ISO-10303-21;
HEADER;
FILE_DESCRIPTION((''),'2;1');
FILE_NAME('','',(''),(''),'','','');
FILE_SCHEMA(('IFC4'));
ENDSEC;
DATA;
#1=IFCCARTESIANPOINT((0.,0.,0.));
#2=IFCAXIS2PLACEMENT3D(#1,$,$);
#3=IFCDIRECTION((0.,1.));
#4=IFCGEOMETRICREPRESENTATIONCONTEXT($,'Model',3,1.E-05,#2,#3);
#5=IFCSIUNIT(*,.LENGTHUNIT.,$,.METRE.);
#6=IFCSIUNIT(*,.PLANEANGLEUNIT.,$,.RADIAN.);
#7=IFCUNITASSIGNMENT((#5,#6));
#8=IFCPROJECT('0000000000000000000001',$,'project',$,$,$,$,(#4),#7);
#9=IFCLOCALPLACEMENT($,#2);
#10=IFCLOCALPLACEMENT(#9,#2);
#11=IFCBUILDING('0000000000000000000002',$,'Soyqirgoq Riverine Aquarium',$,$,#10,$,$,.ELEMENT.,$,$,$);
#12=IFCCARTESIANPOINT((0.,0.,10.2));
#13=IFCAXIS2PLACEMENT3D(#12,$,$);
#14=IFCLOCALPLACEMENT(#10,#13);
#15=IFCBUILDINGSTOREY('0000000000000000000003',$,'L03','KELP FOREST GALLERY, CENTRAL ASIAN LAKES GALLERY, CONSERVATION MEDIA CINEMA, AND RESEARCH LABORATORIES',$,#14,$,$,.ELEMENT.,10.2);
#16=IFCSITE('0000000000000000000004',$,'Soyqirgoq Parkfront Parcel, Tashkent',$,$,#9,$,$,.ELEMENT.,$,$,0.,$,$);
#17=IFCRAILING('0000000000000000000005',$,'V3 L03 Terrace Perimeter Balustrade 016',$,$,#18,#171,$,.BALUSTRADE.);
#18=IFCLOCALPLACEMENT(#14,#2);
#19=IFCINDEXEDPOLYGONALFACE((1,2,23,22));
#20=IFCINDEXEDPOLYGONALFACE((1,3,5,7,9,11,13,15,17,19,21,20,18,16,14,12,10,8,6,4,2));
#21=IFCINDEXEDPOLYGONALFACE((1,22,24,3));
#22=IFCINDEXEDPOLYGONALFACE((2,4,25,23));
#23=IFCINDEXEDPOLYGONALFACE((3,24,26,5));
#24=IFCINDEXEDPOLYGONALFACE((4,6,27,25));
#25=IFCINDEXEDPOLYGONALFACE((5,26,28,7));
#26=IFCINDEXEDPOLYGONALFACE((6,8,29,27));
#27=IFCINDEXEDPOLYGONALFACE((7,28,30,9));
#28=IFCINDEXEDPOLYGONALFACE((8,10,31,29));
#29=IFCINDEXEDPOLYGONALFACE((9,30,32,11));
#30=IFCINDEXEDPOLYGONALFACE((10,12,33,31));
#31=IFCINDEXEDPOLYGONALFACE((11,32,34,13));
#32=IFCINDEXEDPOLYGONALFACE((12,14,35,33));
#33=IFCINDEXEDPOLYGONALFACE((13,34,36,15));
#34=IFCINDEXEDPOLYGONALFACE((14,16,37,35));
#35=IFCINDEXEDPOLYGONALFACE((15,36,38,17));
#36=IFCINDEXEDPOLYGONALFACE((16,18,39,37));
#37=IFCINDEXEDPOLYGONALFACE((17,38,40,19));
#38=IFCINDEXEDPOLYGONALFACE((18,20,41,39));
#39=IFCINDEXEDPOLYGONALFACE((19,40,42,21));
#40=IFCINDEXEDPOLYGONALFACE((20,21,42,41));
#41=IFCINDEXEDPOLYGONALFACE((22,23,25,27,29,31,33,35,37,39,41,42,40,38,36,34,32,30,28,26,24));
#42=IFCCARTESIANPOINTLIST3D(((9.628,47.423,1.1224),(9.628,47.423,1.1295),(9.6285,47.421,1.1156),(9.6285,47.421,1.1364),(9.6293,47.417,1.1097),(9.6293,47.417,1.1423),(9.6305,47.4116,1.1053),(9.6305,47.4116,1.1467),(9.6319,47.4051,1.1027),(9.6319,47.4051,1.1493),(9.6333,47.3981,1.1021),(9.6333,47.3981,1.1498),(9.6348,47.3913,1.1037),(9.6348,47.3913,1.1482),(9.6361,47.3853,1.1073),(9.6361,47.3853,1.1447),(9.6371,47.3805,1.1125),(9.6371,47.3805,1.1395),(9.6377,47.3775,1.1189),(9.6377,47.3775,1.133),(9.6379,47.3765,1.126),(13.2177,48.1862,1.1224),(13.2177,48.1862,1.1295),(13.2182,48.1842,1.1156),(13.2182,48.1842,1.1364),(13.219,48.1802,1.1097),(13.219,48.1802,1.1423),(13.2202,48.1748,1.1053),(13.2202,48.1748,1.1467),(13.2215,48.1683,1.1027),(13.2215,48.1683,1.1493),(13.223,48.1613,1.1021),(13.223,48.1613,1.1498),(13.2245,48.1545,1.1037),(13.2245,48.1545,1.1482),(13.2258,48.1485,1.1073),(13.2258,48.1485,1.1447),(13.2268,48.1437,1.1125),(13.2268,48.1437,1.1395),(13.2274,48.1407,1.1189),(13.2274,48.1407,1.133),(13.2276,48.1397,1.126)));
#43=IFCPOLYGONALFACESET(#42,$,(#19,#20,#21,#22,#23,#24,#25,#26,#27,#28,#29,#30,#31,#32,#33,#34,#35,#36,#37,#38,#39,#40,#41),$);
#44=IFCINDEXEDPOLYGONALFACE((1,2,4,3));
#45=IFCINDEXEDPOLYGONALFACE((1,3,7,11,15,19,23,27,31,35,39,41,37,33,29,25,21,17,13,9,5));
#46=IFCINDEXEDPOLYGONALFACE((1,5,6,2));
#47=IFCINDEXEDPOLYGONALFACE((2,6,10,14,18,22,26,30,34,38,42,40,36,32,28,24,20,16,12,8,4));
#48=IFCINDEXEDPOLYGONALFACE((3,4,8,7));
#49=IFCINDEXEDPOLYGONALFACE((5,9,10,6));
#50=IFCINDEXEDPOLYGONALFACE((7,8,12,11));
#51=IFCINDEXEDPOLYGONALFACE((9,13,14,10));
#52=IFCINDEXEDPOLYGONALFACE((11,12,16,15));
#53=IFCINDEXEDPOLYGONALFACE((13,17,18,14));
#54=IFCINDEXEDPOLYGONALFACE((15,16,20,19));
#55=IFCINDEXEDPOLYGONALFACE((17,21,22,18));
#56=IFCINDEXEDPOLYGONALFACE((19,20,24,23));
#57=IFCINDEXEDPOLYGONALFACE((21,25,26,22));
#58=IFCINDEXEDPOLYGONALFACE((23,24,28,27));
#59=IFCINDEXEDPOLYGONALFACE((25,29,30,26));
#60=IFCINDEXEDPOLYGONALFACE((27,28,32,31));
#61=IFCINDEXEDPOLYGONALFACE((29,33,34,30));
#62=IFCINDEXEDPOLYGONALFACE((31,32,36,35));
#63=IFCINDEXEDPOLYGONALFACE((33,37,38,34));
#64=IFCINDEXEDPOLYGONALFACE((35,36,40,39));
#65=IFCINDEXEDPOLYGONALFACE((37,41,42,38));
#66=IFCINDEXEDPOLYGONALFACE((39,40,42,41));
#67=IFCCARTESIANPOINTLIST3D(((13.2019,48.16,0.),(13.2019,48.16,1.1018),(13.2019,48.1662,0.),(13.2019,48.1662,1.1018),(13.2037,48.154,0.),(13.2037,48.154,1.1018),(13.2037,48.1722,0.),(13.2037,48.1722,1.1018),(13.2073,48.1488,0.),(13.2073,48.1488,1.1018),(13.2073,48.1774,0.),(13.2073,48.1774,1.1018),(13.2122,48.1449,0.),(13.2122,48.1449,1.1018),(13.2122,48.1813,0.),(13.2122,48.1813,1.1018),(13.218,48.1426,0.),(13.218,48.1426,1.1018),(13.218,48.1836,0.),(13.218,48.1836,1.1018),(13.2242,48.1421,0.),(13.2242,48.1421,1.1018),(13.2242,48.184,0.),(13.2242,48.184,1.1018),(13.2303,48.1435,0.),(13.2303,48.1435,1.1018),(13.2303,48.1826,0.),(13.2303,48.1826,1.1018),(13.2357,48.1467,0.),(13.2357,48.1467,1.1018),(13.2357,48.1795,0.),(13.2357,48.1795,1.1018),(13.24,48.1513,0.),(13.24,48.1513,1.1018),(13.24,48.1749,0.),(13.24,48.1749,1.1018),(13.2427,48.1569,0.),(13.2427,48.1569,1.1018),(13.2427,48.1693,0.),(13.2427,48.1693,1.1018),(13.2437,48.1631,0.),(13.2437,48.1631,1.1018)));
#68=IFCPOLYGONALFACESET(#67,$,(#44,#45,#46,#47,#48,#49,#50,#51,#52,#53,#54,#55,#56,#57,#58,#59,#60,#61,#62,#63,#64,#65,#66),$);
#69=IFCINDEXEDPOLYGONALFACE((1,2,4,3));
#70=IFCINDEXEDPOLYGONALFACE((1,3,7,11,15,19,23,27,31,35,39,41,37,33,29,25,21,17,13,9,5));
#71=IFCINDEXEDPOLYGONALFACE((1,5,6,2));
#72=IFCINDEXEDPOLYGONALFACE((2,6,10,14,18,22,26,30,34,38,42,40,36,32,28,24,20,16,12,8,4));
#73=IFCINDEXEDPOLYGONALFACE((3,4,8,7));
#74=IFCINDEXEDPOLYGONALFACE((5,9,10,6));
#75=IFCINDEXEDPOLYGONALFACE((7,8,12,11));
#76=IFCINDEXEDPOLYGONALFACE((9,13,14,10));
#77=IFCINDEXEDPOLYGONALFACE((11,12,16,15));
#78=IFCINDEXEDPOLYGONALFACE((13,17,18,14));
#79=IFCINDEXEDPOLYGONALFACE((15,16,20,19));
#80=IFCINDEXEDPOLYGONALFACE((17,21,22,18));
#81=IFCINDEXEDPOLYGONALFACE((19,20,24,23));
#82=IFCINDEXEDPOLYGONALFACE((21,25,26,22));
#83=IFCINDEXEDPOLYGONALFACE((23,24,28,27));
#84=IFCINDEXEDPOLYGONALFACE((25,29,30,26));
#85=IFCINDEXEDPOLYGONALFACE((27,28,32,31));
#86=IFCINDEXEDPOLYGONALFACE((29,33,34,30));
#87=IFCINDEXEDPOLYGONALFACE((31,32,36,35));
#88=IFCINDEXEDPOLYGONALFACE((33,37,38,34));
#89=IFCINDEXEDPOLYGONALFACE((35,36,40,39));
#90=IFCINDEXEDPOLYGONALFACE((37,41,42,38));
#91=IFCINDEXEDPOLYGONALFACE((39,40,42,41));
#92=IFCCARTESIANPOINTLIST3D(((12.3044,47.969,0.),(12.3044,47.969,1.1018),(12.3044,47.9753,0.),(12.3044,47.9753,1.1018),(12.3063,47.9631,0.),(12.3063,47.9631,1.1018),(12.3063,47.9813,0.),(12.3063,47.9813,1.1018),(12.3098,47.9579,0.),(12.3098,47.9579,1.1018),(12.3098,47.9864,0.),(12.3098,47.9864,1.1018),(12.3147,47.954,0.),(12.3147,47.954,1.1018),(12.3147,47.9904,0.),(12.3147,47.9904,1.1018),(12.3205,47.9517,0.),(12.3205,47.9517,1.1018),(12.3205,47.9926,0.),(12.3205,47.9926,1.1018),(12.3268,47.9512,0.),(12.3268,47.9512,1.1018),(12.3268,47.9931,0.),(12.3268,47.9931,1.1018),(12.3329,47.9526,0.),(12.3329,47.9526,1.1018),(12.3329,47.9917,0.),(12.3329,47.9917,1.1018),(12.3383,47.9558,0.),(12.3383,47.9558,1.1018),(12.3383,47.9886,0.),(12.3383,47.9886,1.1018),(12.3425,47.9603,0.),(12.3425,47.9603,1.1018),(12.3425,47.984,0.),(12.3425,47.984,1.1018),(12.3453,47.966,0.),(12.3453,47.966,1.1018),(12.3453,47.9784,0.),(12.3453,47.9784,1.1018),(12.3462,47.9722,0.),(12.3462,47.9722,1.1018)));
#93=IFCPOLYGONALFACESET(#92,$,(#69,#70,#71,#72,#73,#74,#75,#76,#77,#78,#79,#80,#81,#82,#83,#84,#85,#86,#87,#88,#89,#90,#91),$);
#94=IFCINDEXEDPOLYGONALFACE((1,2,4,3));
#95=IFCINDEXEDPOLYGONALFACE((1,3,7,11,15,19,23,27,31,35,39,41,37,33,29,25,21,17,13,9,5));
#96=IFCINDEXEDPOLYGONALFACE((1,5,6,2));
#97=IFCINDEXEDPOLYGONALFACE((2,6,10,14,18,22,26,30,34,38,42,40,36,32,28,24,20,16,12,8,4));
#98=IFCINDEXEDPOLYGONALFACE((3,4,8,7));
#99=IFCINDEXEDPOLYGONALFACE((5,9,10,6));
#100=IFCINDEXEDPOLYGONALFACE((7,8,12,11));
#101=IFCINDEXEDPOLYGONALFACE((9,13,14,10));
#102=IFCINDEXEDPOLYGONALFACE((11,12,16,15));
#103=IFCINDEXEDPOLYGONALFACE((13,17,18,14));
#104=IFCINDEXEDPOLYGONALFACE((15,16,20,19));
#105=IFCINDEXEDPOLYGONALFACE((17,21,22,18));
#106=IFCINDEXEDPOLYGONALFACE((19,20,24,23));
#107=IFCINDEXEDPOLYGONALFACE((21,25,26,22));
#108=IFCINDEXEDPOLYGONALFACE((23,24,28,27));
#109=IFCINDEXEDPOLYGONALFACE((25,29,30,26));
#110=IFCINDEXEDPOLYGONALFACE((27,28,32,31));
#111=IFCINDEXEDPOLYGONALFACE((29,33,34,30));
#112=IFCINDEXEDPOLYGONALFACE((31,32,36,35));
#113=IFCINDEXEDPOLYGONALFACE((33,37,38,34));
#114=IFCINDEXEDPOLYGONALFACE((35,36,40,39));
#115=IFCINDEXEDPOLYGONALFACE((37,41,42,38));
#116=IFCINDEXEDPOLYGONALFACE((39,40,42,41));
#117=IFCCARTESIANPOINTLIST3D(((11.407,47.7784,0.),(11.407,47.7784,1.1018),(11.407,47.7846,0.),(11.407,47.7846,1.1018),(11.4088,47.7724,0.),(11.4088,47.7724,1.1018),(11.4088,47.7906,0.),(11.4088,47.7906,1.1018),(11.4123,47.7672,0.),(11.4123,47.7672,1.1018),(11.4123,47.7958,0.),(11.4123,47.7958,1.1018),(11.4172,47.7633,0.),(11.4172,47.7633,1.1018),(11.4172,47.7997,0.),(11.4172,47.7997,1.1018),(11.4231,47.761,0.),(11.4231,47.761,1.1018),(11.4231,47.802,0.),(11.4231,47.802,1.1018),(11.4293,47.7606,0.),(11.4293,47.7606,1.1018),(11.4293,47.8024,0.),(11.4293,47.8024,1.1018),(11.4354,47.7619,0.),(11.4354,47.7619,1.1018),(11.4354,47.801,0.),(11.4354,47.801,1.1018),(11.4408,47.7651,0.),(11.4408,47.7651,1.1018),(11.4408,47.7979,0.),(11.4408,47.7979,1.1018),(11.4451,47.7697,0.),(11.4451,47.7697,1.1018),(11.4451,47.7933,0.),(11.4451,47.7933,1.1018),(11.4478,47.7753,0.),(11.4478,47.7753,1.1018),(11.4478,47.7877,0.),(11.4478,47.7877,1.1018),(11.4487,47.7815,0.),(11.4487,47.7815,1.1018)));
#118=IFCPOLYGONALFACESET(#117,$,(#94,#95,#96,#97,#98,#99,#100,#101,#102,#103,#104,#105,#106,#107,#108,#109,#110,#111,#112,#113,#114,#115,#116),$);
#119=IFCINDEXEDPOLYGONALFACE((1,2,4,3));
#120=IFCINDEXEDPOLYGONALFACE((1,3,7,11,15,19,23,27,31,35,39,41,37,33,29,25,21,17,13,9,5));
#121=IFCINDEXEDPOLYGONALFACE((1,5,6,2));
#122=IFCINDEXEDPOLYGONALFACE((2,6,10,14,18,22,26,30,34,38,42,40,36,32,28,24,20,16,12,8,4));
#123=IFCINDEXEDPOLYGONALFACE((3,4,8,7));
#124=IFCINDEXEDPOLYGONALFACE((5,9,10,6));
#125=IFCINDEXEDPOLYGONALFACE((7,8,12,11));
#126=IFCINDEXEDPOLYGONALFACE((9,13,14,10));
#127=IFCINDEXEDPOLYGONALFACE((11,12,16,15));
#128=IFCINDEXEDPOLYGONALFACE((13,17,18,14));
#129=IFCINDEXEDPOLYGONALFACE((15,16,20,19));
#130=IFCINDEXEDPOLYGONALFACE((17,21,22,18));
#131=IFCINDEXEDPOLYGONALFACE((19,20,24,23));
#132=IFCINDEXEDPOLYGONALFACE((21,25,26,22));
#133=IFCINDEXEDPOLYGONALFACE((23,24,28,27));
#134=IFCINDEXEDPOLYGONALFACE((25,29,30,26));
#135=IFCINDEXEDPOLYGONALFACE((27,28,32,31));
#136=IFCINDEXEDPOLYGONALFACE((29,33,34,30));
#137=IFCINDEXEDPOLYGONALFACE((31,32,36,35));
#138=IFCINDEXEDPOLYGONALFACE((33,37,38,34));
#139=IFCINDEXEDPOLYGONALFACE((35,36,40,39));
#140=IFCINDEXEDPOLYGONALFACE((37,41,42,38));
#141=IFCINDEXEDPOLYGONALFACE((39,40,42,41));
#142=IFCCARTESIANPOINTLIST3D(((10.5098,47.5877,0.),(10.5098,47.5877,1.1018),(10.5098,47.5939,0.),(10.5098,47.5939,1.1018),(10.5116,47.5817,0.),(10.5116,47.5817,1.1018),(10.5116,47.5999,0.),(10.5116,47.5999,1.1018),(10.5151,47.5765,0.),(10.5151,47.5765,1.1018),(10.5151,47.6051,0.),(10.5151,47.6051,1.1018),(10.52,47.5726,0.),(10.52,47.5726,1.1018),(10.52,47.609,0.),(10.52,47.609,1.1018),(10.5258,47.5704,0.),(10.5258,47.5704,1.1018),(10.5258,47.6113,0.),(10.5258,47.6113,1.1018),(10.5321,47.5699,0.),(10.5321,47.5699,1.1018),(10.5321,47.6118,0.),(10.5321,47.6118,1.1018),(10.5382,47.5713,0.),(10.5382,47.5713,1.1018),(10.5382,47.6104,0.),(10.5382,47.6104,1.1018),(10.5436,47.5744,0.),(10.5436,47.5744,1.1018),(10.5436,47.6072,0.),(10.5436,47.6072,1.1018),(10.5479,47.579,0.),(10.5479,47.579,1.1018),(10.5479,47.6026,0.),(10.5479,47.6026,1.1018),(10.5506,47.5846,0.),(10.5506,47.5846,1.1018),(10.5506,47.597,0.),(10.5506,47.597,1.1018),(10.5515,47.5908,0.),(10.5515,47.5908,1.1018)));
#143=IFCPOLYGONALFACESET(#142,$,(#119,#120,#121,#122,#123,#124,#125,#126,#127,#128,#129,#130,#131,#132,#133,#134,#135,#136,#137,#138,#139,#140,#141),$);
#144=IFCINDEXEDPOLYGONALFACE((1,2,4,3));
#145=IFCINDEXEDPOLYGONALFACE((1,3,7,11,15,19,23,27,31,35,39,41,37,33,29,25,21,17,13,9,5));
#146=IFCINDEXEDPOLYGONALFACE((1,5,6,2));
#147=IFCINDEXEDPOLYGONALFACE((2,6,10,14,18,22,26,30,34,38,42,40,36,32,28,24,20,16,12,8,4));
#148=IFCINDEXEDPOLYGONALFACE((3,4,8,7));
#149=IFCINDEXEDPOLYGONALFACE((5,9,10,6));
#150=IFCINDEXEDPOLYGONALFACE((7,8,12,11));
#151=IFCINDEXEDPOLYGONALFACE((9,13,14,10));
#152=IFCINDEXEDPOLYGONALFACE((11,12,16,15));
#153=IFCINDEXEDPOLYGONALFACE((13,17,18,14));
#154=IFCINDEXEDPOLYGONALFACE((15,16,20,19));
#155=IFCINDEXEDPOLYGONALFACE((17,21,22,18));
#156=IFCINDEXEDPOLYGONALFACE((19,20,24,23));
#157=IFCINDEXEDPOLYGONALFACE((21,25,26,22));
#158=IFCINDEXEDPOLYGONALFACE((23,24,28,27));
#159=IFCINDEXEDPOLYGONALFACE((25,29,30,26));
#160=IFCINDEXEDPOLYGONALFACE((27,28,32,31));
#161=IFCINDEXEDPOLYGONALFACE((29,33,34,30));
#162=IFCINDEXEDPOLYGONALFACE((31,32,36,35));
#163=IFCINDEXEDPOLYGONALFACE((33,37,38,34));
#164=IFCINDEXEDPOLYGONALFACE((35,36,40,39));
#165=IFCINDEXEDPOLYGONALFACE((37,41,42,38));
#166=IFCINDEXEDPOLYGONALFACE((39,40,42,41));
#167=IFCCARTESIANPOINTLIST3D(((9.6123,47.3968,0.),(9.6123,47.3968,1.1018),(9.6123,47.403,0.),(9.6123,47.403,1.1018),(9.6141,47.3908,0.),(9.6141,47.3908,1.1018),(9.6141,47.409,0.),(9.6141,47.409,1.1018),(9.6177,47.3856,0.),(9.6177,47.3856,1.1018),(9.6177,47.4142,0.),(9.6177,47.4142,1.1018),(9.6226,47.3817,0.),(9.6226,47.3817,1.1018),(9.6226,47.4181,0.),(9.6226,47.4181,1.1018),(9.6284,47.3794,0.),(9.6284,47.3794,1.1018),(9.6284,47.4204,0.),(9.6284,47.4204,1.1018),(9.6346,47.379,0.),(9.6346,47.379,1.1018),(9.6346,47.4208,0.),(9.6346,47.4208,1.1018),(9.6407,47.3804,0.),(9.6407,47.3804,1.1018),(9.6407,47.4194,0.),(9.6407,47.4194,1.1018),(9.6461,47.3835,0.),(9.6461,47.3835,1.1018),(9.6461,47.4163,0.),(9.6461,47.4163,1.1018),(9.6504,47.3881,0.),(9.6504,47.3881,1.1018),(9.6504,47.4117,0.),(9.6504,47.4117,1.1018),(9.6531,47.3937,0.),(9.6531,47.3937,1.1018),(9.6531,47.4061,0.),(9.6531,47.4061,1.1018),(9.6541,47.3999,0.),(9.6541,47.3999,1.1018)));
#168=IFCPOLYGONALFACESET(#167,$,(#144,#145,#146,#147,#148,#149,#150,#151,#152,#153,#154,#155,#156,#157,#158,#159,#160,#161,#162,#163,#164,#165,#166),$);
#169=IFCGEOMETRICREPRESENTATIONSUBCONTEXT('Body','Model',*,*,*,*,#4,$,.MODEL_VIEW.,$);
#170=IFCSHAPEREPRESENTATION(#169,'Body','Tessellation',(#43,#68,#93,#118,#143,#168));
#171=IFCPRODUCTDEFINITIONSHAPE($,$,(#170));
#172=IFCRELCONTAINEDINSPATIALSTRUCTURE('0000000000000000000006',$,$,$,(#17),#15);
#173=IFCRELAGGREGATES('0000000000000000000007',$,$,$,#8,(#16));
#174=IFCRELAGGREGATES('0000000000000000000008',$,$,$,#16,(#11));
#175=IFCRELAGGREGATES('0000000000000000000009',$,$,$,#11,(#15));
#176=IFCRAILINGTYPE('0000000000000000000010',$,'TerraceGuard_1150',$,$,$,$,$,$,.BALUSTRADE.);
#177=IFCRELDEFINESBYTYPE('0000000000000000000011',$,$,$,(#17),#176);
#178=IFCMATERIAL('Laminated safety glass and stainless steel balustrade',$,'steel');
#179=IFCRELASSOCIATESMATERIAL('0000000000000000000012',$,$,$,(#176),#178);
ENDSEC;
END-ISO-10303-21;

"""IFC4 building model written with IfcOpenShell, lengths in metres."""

from ifc_helpers import new_model, si_unit, direction, frame, origin, origin_2d, place, context, subcontext, project, spatial, circle, extrude, material, type_object, element, save


model = new_model("IFC4")

# Units and contexts
model_context = context("Model", 3, precision=1e-05, world=origin(), true_north=direction((0.0, 1.0)))
body_context = subcontext(model_context, "Body", "Model", "MODEL_VIEW")
ifc_project = project(units=[si_unit("LENGTHUNIT", "METRE"), si_unit("PLANEANGLEUNIT", "RADIAN")], contexts=[model_context])

# Site, building, storey
site_placement = place(None, origin())
site = spatial("IfcSite", under=ifc_project, at=site_placement, Name="Soyqirgoq Parkfront Parcel, Tashkent", CompositionType="ELEMENT", RefElevation=0.0)
building_placement = place(site_placement, origin())
building = spatial("IfcBuilding", under=site, at=building_placement, Name="Soyqirgoq Riverine Aquarium", CompositionType="ELEMENT")
storey_placement = place(building_placement, frame((0.0, 0.0, 10.2)))
storey = spatial("IfcBuildingStorey", under=building, at=storey_placement, Name="L03", Description="KELP FOREST GALLERY, CENTRAL ASIAN LAKES GALLERY, CONSERVATION MEDIA CINEMA, AND RESEARCH LABORATORIES", CompositionType="ELEMENT", Elevation=10.2)

# Railing
ifc_material_1 = material(Name="Laminated safety glass and stainless steel balustrade", Category="steel")
railing_type = type_object("IfcRailingType", Name="TerraceGuard_1150", PredefinedType="BALUSTRADE", material=ifc_material_1)
railing_1_placement = place(storey_placement, frame((13.2227, 48.1631, 0.0)))
element("IfcRailing", 1, at=railing_1_placement, inside=storey, type_object=railing_type, Name="V3 L03 Terrace Perimeter Balustrade 016", PredefinedType="BALUSTRADE", context=body_context, shape_type="SweptSolid", body=[
    extrude(circle(Radius=0.0239, at=origin_2d()), frame((0.0, 0.0, 1.126), z_axis=(-0.978137, -0.207961, 0.0), x_axis=(0.207961, -0.978137, 0.0)), (0.0, 0.0, 1.0), 3.6699),
    extrude(circle(Radius=0.021, at=origin_2d()), origin(), (0.0, 0.0, 1.0), 1.1018),
    extrude(circle(Radius=0.021, at=origin_2d()), frame((-0.8975, -0.1909, 0.0)), (0.0, 0.0, 1.0), 1.1018),
    extrude(circle(Radius=0.021, at=origin_2d()), frame((-1.7949, -0.3816, 0.0)), (0.0, 0.0, 1.0), 1.1018),
    extrude(circle(Radius=0.021, at=origin_2d()), frame((-2.6921, -0.5723, 0.0)), (0.0, 0.0, 1.0), 1.1018),
    extrude(circle(Radius=0.021, at=origin_2d()), frame((-3.5896, -0.7632, 0.0)), (0.0, 0.0, 1.0), 1.1018),
])

save(model, "model.ifc")
